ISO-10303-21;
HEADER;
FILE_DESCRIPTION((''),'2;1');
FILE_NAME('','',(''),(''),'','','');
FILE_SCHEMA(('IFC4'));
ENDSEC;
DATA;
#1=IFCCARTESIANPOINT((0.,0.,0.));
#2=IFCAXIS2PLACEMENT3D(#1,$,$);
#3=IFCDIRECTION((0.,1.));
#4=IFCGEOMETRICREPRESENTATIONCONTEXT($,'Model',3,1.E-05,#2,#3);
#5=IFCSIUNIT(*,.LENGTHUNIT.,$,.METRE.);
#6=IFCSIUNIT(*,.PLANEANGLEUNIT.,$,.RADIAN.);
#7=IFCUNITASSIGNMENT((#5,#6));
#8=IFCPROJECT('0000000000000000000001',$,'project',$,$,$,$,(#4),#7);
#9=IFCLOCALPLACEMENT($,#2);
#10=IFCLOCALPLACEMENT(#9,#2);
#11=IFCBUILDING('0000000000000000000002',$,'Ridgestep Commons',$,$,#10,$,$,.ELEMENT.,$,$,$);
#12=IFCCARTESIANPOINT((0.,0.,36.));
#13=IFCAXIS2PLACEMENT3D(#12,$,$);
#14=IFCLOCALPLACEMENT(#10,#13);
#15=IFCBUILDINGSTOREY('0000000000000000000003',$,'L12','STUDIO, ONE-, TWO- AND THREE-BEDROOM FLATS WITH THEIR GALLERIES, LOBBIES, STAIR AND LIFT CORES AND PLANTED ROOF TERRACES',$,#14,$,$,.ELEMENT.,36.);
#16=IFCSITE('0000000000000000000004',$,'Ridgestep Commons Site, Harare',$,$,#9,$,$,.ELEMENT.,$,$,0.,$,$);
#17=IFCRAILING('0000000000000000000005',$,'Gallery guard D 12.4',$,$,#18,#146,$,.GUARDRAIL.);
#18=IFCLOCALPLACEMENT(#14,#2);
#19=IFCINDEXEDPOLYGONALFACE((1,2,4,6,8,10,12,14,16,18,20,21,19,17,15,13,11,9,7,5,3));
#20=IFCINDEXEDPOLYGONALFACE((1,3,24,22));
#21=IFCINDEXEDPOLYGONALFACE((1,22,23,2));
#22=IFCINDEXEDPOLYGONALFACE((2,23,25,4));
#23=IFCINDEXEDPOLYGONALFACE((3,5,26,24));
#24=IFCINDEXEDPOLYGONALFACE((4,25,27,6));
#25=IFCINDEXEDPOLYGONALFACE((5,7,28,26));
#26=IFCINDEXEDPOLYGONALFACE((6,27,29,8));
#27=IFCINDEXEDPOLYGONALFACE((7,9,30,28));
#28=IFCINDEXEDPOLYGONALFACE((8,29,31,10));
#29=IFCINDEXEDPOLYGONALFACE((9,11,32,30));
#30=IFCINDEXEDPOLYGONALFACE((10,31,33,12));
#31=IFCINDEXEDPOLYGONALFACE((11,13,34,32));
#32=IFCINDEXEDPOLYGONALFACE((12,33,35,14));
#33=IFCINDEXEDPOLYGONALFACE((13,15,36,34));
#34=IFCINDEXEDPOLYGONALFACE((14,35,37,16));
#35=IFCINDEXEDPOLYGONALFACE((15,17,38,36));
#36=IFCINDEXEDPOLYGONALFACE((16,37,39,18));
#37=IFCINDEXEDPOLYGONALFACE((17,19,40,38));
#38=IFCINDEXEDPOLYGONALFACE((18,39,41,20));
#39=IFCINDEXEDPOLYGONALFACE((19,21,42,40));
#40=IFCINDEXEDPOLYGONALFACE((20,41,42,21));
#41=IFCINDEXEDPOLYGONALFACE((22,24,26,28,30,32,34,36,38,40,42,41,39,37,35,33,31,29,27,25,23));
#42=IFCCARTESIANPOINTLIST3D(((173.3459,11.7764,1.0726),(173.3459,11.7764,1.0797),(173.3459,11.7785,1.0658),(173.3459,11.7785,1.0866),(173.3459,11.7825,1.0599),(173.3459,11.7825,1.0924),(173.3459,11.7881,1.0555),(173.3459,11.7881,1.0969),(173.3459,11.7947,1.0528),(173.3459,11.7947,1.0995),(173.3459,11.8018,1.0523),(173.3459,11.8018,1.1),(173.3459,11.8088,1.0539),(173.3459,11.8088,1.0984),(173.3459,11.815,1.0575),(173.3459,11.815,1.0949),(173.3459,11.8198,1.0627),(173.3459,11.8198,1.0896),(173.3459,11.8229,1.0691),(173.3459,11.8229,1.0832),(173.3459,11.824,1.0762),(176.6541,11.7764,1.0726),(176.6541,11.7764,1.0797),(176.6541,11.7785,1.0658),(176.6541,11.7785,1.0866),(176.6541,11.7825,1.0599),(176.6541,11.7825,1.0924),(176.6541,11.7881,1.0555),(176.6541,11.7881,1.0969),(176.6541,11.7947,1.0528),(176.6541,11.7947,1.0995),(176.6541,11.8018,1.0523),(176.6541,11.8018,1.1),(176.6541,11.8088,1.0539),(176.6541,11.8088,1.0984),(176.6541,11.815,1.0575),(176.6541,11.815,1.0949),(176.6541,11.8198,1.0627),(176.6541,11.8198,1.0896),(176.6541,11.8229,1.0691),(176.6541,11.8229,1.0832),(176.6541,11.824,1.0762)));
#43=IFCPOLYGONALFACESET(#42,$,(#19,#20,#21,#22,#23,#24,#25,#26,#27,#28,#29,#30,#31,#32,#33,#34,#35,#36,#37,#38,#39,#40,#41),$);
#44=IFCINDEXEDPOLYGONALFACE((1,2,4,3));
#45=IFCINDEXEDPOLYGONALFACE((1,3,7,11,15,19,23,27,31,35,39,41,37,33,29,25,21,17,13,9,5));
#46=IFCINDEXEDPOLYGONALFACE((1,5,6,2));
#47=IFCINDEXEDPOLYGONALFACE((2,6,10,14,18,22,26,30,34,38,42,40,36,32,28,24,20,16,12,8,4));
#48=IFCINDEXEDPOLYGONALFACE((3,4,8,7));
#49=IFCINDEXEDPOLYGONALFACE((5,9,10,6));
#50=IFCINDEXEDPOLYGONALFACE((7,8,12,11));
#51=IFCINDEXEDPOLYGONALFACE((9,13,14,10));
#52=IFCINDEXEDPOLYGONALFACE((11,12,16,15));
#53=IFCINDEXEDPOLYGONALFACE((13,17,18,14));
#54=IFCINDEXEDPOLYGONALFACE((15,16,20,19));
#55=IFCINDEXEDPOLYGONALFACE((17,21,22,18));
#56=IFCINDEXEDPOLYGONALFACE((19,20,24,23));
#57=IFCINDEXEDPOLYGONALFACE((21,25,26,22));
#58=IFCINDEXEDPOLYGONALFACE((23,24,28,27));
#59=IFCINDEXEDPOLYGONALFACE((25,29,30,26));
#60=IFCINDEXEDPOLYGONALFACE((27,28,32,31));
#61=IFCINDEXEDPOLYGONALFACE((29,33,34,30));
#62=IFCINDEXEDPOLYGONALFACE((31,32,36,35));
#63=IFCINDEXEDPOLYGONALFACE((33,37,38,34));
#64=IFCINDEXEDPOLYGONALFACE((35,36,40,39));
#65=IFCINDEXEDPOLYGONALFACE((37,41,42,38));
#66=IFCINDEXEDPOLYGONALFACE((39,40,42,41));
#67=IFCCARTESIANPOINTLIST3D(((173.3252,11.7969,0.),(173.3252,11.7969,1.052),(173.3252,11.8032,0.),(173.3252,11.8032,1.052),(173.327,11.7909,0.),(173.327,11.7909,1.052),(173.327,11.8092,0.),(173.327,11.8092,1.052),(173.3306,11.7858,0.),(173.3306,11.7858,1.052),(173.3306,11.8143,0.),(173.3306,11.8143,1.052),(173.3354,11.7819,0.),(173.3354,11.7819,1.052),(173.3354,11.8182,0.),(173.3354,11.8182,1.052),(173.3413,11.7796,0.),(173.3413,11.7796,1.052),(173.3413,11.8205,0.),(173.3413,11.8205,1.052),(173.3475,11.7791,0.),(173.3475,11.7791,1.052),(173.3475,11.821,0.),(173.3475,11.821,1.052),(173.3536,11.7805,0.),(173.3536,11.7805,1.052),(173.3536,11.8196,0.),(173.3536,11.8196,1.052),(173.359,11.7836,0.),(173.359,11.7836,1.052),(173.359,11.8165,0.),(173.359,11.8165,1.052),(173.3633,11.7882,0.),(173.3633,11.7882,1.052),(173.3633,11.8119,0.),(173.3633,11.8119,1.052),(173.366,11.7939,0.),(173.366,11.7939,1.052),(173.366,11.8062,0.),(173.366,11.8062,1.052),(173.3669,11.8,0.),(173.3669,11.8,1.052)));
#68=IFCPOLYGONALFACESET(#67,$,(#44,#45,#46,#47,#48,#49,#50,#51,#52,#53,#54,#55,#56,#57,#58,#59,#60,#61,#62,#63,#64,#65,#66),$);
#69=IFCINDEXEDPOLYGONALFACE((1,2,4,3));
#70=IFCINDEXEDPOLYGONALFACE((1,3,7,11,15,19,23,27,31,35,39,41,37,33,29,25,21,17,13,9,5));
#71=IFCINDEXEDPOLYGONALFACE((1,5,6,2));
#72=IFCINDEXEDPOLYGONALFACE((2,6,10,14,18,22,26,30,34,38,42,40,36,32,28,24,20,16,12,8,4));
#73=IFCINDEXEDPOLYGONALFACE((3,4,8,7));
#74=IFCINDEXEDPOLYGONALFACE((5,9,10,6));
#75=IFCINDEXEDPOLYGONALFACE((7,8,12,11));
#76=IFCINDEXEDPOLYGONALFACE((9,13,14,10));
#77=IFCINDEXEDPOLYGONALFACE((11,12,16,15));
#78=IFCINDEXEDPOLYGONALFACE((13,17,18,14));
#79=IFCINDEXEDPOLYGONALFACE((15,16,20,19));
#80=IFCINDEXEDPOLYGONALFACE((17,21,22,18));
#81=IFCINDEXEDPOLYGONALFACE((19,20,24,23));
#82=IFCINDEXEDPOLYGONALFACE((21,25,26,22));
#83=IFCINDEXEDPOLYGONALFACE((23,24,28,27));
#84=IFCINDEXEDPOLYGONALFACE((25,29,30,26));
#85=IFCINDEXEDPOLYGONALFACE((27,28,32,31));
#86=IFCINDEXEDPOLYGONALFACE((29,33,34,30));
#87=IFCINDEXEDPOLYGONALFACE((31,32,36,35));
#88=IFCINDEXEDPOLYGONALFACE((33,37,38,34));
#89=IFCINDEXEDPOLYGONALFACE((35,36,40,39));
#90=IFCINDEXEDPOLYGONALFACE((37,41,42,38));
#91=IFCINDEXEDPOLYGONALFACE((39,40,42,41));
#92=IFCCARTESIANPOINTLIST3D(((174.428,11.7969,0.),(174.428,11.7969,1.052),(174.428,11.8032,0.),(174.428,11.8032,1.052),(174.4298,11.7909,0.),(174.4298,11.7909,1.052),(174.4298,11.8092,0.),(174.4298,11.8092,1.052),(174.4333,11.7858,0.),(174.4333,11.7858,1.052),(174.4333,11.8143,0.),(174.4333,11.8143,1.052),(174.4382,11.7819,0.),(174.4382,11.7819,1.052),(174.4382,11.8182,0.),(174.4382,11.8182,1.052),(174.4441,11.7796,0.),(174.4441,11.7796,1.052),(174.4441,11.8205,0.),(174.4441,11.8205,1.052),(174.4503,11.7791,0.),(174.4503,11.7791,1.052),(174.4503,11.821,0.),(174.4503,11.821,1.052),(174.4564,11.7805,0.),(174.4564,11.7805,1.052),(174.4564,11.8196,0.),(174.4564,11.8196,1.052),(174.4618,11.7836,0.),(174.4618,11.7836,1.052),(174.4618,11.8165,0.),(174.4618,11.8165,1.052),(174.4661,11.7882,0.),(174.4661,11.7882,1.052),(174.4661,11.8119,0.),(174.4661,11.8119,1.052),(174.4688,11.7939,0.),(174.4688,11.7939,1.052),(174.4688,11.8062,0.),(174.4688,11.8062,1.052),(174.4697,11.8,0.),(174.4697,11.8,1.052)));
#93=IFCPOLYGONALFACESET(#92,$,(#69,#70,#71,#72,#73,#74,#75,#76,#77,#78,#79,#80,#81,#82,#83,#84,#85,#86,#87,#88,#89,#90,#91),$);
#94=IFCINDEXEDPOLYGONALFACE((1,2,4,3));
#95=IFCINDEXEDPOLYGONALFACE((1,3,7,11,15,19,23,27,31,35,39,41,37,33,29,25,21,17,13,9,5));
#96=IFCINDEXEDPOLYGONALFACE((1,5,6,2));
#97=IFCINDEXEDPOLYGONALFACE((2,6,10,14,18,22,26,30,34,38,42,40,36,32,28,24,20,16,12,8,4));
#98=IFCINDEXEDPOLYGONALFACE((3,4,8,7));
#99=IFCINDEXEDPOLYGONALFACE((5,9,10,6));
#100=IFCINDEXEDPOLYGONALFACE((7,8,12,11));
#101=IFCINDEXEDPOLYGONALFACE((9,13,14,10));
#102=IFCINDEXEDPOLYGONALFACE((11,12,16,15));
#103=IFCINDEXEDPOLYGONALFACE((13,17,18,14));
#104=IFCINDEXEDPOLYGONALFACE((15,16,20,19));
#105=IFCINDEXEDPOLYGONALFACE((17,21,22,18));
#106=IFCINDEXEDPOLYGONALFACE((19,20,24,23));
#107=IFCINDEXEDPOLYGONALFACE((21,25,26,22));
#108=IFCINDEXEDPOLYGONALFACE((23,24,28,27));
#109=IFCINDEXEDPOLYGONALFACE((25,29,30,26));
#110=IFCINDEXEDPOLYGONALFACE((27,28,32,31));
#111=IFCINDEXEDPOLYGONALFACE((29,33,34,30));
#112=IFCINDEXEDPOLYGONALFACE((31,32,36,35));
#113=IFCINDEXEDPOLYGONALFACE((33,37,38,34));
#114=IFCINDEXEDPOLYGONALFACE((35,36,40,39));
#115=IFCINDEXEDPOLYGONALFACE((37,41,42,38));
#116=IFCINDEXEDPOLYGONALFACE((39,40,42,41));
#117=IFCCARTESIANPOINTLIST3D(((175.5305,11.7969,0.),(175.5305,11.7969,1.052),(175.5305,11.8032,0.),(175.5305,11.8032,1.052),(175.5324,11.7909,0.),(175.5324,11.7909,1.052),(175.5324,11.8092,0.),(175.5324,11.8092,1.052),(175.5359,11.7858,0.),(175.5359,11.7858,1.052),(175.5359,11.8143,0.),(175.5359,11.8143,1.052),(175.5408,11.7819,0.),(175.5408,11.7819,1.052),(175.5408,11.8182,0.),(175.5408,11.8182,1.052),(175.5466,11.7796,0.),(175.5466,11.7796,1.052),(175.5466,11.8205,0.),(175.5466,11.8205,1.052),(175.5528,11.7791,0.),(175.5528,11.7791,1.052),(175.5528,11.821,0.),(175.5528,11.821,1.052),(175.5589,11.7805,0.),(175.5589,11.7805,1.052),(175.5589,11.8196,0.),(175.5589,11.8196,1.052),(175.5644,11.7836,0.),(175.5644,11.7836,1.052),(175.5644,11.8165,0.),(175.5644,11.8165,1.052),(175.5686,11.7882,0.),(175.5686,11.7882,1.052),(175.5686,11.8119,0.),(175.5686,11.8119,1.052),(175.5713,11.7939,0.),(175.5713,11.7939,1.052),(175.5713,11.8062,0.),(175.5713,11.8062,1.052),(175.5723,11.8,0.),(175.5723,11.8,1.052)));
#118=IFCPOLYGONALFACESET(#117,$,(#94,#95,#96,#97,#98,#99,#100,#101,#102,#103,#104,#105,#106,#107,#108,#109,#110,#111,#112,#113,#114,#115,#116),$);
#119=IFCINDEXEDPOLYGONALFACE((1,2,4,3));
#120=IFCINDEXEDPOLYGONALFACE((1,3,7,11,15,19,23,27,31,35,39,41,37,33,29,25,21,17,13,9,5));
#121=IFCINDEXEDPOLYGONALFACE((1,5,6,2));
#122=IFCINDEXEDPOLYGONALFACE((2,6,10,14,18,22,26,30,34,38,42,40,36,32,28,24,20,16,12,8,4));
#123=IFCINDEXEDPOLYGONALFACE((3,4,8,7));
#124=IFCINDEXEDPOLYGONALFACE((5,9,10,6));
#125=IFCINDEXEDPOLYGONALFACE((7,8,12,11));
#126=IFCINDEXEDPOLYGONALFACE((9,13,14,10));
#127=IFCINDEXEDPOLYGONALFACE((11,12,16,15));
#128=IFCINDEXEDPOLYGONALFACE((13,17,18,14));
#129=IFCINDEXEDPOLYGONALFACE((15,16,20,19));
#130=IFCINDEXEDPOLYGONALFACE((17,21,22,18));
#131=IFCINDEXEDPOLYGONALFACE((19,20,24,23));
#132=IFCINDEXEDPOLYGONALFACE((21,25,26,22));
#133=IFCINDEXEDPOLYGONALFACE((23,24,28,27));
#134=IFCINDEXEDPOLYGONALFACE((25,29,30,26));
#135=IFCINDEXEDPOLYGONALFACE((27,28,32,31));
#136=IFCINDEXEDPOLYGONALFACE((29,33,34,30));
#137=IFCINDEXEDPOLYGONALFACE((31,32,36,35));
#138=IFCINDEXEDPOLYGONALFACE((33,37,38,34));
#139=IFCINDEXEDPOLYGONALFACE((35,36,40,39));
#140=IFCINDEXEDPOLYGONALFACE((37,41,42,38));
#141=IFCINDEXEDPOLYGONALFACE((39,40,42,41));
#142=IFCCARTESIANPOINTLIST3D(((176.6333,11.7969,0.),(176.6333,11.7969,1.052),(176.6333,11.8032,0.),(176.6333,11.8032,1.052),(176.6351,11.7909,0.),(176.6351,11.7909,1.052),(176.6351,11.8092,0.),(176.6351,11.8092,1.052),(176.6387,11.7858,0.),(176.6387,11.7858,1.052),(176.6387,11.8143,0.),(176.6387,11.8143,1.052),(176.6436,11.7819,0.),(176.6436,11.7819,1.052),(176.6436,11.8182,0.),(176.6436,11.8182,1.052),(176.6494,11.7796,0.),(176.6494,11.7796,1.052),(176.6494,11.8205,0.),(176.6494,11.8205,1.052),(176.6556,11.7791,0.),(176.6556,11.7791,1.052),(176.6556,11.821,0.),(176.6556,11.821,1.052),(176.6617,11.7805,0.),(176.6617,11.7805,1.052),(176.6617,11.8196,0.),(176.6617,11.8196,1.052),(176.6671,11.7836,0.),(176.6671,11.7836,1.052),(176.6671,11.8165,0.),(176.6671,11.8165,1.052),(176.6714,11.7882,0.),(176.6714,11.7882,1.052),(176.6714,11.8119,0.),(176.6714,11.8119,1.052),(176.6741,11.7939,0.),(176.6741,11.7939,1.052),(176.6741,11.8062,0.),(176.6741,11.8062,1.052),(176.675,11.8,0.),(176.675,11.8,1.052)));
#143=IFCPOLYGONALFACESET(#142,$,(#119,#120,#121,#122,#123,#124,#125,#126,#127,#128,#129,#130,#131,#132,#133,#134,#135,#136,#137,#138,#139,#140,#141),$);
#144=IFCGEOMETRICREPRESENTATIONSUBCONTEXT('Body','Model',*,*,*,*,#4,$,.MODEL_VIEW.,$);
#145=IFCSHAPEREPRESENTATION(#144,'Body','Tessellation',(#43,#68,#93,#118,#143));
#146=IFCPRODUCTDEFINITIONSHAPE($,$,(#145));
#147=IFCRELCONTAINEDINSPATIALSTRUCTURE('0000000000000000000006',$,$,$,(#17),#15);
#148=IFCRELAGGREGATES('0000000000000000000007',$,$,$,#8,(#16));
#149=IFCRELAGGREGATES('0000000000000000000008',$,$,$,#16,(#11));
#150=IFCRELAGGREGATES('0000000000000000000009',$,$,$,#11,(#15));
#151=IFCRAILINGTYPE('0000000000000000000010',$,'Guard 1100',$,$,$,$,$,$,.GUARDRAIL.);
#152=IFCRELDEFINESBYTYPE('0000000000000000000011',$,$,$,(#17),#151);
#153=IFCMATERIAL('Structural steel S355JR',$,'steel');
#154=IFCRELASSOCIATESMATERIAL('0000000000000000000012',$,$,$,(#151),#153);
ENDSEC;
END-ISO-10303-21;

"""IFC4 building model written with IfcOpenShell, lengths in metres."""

from ifc_helpers import new_model, si_unit, direction, frame, origin, origin_2d, place, context, subcontext, project, spatial, circle, extrude, material, type_object, element, save


model = new_model("IFC4")

# Units and contexts
model_context = context("Model", 3, precision=1e-05, world=origin(), true_north=direction((0.0, 1.0)))
body_context = subcontext(model_context, "Body", "Model", "MODEL_VIEW")
ifc_project = project(units=[si_unit("LENGTHUNIT", "METRE"), si_unit("PLANEANGLEUNIT", "RADIAN")], contexts=[model_context])

# Site, building, storey
site_placement = place(None, origin())
site = spatial("IfcSite", under=ifc_project, at=site_placement, Name="Ridgestep Commons Site, Harare", CompositionType="ELEMENT", RefElevation=0.0)
building_placement = place(site_placement, origin())
building = spatial("IfcBuilding", under=site, at=building_placement, Name="Ridgestep Commons", CompositionType="ELEMENT")
storey_placement = place(building_placement, frame((0.0, 0.0, 36.0)))
storey = spatial("IfcBuildingStorey", under=building, at=storey_placement, Name="L12", Description="STUDIO, ONE-, TWO- AND THREE-BEDROOM FLATS WITH THEIR GALLERIES, LOBBIES, STAIR AND LIFT CORES AND PLANTED ROOF TERRACES", CompositionType="ELEMENT", Elevation=36.0)

# Railing
ifc_material_1 = material(Name="Structural steel S355JR", Category="steel")
railing_type = type_object("IfcRailingType", Name="Guard 1100", PredefinedType="GUARDRAIL", material=ifc_material_1)
railing_placement = place(storey_placement, frame((173.3459, 11.8, 0.0)))
element("IfcRailing", 1, at=railing_placement, inside=storey, type_object=railing_type, Name="Gallery guard D 12.4", PredefinedType="GUARDRAIL", context=body_context, shape_type="SweptSolid", body=[
    extrude(circle(Radius=0.0239, at=origin_2d()), frame((0.0, 0.0, 1.0762), z_axis=(1.0, 0.0, 0.0), x_axis=(0.0, 1.0, 0.0)), (0.0, 0.0, 1.0), 3.3081),
    extrude(circle(Radius=0.021, at=origin_2d()), origin(), (0.0, 0.0, 1.0), 1.052),
    extrude(circle(Radius=0.021, at=origin_2d()), frame((1.1028, 0.0, 0.0)), (0.0, 0.0, 1.0), 1.052),
    extrude(circle(Radius=0.021, at=origin_2d()), frame((2.2053, 0.0, 0.0)), (0.0, 0.0, 1.0), 1.052),
    extrude(circle(Radius=0.021, at=origin_2d()), frame((3.3081, 0.0, 0.0)), (0.0, 0.0, 1.0), 1.052),
])

save(model, "model.ifc")
